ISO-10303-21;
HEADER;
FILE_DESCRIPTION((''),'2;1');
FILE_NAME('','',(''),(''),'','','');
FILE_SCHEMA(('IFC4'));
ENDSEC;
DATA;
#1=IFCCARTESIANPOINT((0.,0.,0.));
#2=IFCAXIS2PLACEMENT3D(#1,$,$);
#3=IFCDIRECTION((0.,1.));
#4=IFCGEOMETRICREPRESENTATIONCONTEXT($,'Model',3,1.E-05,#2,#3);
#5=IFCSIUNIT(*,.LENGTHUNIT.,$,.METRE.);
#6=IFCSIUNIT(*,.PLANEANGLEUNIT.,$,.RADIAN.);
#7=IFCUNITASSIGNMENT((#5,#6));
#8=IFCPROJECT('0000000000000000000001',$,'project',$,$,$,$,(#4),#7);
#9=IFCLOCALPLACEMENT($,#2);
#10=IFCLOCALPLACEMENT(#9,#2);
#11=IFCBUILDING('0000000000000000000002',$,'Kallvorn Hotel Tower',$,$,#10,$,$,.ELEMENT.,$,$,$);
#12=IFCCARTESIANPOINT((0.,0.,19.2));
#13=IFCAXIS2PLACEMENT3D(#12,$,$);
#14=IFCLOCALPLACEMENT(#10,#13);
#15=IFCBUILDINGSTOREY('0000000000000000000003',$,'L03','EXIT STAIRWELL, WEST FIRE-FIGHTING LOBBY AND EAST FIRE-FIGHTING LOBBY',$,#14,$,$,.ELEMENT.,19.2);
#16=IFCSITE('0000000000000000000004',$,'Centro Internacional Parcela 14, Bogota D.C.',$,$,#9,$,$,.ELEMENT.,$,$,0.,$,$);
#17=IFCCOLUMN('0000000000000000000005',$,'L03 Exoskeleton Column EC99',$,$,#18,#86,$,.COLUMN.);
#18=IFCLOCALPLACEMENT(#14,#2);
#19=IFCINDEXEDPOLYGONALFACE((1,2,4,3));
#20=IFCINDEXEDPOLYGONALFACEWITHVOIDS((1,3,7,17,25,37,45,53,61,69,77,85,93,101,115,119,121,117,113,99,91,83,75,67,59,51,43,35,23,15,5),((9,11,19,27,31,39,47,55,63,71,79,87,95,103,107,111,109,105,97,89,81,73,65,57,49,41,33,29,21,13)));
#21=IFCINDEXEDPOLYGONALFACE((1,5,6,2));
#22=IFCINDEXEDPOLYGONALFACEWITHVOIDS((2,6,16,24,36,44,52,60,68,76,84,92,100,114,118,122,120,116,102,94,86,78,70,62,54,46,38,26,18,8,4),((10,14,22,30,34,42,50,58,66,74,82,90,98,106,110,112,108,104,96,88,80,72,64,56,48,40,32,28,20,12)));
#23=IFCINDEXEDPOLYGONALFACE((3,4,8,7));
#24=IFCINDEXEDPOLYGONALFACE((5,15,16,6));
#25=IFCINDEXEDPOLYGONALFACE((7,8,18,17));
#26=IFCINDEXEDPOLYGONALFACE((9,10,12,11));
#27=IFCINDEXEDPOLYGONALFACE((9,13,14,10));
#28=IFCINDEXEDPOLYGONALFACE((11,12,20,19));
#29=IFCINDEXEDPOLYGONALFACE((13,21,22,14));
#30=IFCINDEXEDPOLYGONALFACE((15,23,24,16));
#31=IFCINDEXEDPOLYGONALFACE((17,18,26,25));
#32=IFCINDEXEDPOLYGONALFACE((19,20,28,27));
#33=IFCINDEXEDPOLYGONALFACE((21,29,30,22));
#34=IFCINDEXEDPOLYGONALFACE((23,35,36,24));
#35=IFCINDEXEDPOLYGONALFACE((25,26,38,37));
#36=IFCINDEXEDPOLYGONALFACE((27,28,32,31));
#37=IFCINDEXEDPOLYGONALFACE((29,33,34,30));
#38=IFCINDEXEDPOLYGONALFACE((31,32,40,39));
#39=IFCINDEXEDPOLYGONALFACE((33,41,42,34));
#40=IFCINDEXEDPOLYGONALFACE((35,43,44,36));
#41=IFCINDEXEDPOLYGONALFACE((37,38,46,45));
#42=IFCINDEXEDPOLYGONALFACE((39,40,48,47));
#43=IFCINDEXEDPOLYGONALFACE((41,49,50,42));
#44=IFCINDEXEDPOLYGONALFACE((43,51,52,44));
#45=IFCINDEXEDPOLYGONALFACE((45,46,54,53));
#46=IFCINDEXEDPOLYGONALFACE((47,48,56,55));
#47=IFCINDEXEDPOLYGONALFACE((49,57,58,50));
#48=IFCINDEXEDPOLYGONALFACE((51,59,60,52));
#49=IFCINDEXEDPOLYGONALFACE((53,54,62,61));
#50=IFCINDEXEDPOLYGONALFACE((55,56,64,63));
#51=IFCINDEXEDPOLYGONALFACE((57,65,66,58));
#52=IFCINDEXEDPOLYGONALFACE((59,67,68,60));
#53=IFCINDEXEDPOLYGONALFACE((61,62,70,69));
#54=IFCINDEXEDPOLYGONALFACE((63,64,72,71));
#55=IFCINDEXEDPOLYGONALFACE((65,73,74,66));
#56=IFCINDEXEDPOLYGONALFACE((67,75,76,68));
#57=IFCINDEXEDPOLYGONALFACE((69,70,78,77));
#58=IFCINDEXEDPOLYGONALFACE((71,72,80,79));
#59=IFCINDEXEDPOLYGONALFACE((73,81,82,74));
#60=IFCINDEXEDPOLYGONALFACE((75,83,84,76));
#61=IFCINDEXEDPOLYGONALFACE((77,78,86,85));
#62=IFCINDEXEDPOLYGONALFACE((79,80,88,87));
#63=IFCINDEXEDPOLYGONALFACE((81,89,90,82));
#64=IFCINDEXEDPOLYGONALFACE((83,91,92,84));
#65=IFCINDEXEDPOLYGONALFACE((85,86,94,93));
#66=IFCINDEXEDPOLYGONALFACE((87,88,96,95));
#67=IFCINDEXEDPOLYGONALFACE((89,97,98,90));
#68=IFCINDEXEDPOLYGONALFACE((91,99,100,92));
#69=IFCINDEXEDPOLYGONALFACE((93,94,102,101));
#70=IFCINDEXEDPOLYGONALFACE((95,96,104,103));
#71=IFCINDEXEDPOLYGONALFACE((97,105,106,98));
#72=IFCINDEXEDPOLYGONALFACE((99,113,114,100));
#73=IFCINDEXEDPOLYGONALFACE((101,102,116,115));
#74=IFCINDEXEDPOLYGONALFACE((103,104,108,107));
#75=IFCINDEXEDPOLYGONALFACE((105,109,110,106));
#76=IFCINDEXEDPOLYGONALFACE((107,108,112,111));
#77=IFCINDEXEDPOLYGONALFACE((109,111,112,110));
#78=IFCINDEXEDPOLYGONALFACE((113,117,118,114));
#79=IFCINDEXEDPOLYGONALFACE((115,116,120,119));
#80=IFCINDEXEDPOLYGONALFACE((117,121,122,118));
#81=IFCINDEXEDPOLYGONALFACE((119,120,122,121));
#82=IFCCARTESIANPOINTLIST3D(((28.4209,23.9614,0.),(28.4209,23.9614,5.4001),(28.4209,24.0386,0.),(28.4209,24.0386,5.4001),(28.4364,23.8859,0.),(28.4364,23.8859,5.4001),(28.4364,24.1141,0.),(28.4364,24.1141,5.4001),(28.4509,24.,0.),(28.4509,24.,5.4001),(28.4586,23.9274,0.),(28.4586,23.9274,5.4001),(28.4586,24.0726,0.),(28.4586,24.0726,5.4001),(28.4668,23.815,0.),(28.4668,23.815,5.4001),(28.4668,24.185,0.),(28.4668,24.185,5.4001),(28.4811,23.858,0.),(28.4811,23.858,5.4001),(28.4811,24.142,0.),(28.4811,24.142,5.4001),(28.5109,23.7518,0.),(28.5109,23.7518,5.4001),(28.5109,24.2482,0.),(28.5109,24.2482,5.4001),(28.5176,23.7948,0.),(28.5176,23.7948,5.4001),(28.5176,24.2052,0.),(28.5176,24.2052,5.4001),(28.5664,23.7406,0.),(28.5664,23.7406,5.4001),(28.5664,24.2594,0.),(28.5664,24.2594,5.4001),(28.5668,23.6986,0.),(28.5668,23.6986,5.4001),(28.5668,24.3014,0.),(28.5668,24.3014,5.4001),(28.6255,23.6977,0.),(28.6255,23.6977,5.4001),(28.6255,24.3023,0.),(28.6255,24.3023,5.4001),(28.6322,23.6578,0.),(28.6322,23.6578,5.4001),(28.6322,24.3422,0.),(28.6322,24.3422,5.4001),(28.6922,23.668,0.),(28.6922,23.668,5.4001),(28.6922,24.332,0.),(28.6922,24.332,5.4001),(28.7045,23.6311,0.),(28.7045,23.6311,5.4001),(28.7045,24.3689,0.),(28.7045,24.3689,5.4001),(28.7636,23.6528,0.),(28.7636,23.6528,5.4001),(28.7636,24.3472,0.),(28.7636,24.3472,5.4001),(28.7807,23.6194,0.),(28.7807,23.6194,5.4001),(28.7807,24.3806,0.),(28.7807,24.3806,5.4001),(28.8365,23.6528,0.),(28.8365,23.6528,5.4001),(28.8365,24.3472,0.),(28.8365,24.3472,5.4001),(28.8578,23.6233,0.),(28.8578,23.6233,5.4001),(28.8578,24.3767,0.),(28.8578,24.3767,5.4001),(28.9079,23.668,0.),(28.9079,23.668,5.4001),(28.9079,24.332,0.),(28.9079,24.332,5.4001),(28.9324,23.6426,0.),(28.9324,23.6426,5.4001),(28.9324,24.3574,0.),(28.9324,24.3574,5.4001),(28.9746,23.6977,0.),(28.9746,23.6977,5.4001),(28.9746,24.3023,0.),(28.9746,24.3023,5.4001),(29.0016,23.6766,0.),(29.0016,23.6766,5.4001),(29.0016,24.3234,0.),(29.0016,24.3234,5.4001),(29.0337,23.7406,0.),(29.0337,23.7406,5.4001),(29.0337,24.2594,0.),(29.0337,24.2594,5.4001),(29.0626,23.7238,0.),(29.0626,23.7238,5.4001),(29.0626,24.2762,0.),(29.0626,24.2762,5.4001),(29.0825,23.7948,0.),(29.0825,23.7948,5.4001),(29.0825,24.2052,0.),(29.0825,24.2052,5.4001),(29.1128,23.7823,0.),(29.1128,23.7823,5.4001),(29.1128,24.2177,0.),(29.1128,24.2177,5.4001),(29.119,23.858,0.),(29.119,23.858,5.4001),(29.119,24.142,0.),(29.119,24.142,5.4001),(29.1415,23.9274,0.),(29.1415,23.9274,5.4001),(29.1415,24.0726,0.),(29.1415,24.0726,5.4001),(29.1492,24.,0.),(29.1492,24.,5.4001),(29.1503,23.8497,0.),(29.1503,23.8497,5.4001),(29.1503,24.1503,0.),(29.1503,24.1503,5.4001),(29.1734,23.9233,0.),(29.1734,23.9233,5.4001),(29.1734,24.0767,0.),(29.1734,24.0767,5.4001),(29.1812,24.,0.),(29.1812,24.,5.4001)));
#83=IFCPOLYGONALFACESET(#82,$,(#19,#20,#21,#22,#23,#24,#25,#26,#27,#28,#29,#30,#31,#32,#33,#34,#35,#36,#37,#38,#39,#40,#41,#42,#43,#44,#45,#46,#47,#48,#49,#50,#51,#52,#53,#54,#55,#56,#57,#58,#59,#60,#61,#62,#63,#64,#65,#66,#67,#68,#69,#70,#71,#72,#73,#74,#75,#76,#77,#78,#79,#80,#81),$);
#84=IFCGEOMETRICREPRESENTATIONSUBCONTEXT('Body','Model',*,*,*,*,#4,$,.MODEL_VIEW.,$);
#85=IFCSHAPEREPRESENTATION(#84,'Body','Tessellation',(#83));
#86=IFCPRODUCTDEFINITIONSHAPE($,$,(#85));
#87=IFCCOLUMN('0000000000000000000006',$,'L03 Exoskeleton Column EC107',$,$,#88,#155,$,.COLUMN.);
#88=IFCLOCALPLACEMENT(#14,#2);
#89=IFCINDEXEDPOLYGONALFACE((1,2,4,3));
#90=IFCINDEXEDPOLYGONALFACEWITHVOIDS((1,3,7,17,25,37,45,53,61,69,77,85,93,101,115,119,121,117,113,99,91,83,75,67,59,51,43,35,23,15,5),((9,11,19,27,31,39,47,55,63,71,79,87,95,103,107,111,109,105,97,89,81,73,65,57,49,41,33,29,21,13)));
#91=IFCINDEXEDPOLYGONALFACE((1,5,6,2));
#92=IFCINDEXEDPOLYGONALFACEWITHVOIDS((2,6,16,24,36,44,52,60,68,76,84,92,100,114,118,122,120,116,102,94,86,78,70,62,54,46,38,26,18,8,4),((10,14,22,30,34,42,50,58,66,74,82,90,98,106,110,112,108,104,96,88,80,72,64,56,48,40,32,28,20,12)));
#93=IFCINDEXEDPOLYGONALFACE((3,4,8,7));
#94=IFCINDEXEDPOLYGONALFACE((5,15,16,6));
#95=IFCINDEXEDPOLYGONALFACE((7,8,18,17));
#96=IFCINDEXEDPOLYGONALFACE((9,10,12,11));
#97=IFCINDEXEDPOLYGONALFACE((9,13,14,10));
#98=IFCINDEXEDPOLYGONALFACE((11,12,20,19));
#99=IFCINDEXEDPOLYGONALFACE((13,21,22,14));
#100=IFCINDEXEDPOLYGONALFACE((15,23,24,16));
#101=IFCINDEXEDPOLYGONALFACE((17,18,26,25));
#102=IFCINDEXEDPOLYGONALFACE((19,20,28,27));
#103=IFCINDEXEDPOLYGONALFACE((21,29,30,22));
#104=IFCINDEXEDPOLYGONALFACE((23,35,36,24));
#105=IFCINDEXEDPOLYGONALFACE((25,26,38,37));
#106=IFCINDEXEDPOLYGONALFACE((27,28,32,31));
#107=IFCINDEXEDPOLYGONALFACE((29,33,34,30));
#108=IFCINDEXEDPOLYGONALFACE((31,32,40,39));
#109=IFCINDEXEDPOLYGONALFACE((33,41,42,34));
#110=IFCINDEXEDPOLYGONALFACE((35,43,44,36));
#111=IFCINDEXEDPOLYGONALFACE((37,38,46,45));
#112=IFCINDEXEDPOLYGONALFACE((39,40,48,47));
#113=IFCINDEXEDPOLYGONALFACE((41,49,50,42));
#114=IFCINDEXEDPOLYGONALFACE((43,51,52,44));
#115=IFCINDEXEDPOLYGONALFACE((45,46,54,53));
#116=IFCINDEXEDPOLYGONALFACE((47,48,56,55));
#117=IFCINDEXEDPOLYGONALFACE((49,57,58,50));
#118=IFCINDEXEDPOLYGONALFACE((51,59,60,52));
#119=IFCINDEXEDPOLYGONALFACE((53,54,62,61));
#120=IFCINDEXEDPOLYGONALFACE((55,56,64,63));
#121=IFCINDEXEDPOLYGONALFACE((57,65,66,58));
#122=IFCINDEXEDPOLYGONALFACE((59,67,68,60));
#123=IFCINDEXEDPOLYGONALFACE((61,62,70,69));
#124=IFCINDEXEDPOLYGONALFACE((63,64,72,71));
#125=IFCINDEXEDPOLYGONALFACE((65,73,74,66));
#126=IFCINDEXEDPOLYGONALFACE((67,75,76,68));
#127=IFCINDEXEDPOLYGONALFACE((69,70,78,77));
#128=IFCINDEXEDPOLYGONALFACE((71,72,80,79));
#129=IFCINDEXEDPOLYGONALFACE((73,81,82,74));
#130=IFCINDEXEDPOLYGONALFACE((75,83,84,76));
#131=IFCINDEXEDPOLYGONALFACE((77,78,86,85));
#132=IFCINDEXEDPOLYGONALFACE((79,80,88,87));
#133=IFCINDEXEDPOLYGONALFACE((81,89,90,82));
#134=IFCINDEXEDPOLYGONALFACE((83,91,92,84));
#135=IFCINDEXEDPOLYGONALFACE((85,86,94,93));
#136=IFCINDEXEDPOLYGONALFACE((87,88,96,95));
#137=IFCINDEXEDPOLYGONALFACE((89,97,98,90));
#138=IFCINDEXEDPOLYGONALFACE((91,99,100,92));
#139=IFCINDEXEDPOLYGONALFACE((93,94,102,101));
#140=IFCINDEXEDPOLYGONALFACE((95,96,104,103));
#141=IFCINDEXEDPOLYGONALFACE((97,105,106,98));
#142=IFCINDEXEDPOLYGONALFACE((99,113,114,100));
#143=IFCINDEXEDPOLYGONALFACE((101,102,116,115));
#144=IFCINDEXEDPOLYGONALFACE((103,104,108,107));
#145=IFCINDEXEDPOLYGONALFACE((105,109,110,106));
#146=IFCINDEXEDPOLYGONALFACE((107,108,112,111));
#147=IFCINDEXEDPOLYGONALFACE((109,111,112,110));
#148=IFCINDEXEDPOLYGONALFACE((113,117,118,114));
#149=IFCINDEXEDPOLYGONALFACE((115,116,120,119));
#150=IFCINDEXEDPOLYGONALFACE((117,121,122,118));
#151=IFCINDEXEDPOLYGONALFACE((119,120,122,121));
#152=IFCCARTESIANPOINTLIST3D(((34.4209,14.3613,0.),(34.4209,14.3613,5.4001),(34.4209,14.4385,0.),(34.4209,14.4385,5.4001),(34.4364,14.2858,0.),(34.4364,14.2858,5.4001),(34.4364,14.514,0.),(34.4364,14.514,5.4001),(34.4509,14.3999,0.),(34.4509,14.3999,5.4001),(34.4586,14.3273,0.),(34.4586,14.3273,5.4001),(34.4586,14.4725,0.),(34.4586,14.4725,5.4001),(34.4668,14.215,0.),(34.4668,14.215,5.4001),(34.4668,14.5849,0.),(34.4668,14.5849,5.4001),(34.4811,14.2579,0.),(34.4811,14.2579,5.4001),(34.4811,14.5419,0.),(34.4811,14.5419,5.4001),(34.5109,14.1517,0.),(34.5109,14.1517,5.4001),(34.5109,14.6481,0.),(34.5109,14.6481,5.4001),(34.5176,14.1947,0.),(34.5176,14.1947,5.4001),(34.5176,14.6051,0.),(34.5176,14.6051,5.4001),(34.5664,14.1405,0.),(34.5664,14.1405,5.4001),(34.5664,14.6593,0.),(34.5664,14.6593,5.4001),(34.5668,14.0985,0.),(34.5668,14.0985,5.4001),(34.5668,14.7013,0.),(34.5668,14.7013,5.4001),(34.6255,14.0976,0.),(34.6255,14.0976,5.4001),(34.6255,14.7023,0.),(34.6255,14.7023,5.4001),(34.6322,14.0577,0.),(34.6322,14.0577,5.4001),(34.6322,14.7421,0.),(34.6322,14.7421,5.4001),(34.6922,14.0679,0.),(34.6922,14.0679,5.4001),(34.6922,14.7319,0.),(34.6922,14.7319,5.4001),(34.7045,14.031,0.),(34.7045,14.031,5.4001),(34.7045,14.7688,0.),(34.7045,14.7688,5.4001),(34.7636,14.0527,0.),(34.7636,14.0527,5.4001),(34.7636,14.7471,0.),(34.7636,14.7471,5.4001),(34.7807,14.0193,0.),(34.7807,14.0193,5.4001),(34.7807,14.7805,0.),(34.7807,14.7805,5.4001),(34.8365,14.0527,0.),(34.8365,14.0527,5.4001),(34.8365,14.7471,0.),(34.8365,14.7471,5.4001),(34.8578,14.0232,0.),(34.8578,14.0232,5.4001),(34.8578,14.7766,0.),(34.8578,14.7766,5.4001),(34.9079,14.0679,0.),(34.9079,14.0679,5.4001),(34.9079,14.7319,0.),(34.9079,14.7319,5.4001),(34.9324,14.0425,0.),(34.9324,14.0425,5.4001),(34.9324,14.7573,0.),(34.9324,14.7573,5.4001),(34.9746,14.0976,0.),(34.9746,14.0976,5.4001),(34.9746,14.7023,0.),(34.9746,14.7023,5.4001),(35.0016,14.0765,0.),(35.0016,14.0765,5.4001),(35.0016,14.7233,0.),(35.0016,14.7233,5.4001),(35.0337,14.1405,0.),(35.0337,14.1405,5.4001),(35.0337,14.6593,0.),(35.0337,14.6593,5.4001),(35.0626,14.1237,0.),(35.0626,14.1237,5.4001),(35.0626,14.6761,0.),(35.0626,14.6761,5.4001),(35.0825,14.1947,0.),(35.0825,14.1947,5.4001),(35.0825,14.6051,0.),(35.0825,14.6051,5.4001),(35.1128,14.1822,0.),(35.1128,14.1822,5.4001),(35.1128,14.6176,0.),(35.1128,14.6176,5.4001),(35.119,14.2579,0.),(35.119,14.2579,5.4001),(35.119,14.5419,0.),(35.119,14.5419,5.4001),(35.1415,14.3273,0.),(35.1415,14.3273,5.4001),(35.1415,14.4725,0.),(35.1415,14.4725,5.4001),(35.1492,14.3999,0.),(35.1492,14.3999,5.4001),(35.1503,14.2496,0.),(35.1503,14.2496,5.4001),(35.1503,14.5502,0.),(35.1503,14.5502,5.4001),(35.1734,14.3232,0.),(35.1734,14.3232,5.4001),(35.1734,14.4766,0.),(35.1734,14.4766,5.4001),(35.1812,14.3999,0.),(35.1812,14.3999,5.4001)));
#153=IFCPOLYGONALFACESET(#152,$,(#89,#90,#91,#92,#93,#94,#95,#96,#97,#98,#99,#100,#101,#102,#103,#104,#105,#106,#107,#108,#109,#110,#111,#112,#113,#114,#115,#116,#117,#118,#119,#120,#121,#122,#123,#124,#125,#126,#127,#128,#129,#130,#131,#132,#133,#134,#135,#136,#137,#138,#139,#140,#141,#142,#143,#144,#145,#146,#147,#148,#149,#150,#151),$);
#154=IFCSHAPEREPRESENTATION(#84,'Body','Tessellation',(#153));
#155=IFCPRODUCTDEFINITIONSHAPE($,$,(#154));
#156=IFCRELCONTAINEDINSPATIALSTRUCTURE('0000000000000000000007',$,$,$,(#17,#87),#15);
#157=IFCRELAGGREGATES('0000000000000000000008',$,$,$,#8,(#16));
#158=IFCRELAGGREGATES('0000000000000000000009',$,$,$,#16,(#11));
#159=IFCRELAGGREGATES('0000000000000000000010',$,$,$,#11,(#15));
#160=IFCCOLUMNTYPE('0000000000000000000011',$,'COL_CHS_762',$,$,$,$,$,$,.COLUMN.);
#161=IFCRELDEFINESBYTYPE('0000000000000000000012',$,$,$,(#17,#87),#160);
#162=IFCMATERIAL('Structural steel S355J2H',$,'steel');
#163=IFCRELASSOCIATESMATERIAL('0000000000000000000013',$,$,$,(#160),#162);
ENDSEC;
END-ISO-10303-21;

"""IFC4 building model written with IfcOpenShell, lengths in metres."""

from ifc_helpers import new_model, si_unit, direction, frame, origin, origin_2d, place, context, subcontext, project, spatial, hollow_circle, extrude, material, material_profile, profile_set, type_object, element, save


model = new_model("IFC4")

# Units and contexts
model_context = context("Model", 3, precision=1e-05, world=origin(), true_north=direction((0.0, 1.0)))
body_context = subcontext(model_context, "Body", "Model", "MODEL_VIEW")
ifc_project = project(units=[si_unit("LENGTHUNIT", "METRE"), si_unit("PLANEANGLEUNIT", "RADIAN")], contexts=[model_context])

# Site, building, storey
site_placement = place(None, origin())
site = spatial("IfcSite", under=ifc_project, at=site_placement, Name="Centro Internacional Parcela 14, Bogota D.C.", CompositionType="ELEMENT", RefElevation=0.0)
building_placement = place(site_placement, origin())
building = spatial("IfcBuilding", under=site, at=building_placement, Name="Kallvorn Hotel Tower", CompositionType="ELEMENT")
storey_placement = place(building_placement, frame((0.0, 0.0, 19.2)))
storey = spatial("IfcBuildingStorey", under=building, at=storey_placement, Name="L03", Description="EXIT STAIRWELL, WEST FIRE-FIGHTING LOBBY AND EAST FIRE-FIGHTING LOBBY", CompositionType="ELEMENT", Elevation=19.2)

# Columns
ifc_material_1 = material(Name="Structural steel S355J2H", Category="steel")
ifc_material_profile_1 = material_profile(ifc_material_1, hollow_circle(Radius=0.3811, WallThickness=0.032, at=origin_2d()), Name="CHS 762x32")
ifc_profile_set_1 = profile_set([ifc_material_profile_1], Name="Structural steel S355J2H")
column_type_1 = type_object("IfcColumnType", Name="COL_CHS_762", PredefinedType="COLUMN", material=ifc_profile_set_1)
for number, where, z_axis, x_axis, name in (
    (1, (28.8, 24.0, 0.0), (0.0, 0.0, 1.0), (1.0, 0.0, 0.0), "L03 Exoskeleton Column EC99"),
    (2, (34.8, 14.3999, 0.0), (0.0, 0.0, 1.0), (1.0, 0.0, 0.0), "L03 Exoskeleton Column EC107"),
):
    element("IfcColumn", number, at=place(storey_placement, frame(where, z_axis=z_axis, x_axis=x_axis)), inside=storey, type_object=column_type_1, Name=name, PredefinedType="COLUMN", context=body_context, shape_type="SweptSolid", body=[
        extrude(hollow_circle(Radius=0.3811, WallThickness=0.032, at=origin_2d()), origin(), (0.0, 0.0, 1.0), 5.4001),
    ])

save(model, "model.ifc")
